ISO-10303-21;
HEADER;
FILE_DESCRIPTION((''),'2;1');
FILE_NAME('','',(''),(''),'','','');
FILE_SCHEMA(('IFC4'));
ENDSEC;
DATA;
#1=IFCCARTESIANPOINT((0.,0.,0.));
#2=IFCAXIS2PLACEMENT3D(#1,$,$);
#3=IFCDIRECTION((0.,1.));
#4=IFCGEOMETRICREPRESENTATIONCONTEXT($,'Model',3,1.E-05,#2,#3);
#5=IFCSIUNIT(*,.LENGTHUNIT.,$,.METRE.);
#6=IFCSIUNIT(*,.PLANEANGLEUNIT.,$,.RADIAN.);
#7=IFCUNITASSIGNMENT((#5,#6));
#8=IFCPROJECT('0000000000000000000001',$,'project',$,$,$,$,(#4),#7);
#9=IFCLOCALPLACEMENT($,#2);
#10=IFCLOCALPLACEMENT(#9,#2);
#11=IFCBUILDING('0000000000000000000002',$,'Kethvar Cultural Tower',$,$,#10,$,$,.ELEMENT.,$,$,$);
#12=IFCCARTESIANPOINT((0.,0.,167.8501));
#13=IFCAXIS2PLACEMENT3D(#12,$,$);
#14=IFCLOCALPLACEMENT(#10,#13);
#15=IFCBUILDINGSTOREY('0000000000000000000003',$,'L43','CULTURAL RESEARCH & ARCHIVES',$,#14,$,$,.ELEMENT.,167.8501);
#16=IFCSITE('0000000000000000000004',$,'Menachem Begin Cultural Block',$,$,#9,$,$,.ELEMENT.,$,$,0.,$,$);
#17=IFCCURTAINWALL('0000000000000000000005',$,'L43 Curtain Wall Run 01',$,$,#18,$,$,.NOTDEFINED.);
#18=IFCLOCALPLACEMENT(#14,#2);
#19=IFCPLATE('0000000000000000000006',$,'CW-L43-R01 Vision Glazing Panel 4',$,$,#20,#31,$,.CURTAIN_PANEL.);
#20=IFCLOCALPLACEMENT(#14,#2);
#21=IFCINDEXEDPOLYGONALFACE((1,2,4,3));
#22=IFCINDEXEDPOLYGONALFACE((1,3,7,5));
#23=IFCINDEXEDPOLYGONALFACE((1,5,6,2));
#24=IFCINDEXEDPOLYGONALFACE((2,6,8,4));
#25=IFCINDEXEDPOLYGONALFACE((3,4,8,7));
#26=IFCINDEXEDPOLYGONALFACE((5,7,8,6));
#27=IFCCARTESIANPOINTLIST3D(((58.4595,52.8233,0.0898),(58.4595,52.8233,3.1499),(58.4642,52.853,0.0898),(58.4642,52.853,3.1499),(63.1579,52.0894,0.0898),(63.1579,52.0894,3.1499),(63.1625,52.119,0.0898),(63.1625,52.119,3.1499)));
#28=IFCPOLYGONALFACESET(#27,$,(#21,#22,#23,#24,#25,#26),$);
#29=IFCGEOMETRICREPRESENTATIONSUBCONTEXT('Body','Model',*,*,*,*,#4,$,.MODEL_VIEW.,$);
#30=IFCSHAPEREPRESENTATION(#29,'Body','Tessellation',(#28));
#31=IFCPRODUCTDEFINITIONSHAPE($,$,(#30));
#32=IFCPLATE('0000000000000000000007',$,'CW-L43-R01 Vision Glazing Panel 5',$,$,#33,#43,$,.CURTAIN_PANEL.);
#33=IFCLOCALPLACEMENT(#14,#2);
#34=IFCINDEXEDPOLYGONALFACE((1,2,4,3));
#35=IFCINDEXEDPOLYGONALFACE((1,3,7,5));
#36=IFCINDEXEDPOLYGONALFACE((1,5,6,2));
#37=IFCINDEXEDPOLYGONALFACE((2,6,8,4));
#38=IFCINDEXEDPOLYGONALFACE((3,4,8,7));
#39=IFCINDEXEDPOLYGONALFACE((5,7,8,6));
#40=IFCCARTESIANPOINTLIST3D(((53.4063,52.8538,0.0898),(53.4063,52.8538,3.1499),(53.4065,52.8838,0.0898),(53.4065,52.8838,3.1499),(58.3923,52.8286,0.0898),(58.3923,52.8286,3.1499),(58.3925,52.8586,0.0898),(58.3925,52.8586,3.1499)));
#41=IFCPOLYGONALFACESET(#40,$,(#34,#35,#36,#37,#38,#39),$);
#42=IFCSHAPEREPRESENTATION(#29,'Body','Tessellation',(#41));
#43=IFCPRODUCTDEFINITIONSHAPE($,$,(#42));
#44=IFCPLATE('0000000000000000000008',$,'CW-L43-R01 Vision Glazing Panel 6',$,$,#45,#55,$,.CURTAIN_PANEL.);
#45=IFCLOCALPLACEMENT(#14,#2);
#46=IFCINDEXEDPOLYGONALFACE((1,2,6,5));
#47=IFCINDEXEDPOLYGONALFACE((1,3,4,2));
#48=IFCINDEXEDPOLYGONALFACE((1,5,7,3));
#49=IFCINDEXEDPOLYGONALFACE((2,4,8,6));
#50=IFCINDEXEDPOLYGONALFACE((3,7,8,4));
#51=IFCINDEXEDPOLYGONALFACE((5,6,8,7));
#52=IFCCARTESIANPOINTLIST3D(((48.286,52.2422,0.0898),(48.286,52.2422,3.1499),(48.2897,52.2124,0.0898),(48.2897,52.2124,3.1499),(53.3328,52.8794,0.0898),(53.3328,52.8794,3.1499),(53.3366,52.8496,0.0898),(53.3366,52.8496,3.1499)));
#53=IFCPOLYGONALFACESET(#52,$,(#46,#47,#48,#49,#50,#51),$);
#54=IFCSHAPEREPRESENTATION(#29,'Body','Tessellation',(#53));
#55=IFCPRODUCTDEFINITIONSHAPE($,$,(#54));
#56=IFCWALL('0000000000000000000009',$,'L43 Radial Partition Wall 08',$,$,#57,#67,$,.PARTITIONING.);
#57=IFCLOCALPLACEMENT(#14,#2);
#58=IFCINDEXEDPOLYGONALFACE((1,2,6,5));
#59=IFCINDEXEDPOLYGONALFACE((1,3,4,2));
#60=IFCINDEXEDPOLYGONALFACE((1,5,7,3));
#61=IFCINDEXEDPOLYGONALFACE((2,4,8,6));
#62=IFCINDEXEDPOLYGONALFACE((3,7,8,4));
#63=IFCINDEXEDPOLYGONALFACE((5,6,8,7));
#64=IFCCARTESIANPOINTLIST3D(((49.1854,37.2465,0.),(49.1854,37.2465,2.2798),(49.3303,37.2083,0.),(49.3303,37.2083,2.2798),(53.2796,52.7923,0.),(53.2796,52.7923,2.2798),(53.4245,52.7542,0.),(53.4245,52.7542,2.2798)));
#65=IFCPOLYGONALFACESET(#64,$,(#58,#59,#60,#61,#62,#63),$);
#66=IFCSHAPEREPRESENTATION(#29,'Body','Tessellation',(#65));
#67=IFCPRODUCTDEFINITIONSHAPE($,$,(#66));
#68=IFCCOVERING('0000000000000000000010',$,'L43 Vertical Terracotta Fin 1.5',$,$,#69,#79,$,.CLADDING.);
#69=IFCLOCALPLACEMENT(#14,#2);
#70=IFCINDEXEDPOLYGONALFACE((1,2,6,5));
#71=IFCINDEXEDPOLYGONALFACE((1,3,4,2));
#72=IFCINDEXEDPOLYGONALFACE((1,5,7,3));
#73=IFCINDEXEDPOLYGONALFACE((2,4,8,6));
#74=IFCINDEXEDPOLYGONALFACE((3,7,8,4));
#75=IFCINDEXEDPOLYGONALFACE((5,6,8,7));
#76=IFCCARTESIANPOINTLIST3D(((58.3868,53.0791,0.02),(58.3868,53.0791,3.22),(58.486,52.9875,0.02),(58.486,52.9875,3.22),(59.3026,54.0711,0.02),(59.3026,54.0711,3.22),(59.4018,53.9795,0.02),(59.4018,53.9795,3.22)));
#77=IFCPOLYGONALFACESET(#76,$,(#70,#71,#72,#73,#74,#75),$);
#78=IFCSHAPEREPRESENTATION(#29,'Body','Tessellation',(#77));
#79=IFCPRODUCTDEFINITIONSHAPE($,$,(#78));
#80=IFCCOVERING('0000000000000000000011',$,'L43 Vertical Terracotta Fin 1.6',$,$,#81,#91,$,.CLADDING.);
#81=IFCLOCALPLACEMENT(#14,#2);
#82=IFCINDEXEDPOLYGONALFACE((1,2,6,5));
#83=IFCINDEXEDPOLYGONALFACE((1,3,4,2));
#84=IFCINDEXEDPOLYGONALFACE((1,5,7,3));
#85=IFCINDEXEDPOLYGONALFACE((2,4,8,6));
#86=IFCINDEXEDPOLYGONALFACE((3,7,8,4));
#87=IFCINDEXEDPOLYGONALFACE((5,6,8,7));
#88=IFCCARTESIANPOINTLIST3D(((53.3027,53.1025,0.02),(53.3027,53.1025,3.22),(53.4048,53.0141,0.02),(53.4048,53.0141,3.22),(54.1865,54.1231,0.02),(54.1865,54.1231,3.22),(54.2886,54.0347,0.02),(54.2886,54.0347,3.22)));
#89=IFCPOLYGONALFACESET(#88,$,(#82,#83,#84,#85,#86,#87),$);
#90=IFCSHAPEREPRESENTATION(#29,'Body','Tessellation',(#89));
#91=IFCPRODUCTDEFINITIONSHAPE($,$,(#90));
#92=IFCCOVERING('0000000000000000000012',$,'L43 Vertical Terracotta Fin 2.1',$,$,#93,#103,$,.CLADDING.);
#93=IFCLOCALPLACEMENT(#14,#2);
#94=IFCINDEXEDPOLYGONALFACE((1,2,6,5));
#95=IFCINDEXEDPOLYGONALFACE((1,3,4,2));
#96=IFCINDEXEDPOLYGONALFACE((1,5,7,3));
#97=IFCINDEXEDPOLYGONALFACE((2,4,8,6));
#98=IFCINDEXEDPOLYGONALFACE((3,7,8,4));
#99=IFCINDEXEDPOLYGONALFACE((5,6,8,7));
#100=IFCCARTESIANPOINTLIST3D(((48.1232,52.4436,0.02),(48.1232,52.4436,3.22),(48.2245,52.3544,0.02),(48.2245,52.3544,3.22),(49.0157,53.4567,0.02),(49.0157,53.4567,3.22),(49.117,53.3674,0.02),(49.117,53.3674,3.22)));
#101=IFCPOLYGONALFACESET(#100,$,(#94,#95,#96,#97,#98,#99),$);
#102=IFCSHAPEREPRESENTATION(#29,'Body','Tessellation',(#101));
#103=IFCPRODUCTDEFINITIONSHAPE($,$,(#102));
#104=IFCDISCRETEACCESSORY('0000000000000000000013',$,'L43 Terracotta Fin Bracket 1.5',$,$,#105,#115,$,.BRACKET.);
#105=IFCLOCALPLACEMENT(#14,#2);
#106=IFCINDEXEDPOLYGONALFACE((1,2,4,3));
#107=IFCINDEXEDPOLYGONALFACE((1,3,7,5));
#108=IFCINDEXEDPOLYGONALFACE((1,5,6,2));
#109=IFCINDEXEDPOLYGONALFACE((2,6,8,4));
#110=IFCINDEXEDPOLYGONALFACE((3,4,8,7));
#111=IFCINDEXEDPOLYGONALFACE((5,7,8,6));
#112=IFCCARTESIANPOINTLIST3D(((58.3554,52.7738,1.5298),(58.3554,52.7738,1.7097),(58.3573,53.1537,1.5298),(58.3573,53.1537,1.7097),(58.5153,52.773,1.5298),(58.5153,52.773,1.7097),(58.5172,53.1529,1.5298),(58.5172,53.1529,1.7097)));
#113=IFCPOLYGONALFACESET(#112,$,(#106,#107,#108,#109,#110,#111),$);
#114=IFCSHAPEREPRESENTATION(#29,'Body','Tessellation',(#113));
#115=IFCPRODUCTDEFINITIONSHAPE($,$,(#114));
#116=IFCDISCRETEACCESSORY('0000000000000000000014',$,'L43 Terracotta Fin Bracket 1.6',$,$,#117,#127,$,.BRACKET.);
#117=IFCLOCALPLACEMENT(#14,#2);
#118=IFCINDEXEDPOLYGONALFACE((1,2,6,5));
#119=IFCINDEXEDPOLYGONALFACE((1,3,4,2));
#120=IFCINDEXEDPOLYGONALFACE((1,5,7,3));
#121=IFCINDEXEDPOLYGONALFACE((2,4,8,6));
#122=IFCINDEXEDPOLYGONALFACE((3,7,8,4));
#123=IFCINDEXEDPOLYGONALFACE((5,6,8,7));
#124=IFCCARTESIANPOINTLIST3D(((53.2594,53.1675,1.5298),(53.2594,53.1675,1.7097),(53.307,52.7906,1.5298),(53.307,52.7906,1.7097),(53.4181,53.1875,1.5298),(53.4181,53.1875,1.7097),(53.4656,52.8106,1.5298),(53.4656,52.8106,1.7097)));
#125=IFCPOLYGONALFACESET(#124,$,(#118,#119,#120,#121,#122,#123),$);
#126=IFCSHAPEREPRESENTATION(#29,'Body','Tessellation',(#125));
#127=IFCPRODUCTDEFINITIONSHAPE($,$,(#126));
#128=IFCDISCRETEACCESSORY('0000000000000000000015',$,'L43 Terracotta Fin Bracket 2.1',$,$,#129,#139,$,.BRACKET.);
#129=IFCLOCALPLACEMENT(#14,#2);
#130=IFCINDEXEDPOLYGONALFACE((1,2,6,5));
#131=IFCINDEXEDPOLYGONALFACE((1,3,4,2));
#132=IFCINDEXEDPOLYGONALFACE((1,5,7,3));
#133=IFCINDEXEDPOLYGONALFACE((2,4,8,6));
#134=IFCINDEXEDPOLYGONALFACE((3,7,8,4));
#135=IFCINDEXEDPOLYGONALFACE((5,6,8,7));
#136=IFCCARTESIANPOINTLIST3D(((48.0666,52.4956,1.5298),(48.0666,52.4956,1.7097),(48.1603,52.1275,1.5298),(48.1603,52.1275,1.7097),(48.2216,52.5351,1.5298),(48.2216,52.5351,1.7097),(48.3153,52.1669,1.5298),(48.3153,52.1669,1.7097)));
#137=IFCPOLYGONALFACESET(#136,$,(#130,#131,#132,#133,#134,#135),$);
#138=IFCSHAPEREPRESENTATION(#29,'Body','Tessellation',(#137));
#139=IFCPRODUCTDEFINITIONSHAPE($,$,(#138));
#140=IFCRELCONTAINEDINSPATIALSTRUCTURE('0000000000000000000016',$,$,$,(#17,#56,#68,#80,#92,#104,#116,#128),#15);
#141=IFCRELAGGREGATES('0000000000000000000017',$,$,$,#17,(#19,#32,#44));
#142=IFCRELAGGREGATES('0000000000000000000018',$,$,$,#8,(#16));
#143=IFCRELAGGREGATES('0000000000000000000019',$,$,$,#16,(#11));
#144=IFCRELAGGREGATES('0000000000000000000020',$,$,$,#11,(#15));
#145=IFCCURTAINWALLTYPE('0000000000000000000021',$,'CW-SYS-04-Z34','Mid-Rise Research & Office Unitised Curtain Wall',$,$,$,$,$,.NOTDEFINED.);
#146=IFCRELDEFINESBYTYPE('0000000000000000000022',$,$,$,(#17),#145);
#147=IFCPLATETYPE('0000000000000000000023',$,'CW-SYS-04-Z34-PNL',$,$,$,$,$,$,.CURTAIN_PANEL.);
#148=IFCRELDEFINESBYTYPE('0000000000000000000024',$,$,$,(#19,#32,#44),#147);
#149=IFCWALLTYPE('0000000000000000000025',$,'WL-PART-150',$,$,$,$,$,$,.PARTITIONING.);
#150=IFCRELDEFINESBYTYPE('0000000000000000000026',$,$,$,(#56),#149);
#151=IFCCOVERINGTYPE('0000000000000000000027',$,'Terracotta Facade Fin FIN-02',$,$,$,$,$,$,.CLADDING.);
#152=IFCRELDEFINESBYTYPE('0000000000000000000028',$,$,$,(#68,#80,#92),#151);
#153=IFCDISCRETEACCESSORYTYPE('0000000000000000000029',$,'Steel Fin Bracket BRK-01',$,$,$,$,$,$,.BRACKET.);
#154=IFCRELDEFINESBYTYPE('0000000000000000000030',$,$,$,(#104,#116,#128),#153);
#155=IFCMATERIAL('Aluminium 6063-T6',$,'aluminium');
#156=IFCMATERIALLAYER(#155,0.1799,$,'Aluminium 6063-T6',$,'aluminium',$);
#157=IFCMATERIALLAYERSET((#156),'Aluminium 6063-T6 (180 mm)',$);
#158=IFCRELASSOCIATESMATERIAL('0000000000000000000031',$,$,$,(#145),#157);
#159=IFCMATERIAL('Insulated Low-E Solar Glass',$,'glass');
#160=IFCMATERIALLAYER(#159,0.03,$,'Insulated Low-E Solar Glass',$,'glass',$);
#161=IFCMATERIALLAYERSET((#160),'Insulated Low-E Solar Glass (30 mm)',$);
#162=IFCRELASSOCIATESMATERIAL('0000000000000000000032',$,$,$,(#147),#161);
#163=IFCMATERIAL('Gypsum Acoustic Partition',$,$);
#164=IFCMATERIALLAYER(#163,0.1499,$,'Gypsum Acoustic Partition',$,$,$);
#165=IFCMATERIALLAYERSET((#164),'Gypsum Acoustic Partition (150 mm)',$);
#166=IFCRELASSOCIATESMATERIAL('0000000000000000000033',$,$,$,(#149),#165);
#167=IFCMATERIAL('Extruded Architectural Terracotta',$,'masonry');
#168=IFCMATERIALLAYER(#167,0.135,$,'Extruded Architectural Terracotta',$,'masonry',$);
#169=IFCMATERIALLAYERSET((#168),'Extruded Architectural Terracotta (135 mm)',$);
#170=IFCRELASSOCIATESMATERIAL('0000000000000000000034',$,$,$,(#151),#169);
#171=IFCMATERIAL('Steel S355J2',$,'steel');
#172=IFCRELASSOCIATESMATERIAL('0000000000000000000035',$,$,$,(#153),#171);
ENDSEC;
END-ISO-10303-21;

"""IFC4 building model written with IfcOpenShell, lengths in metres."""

from ifc_helpers import new_model, si_unit, direction, frame, frame_2d, origin, origin_2d, place, context, subcontext, project, spatial, rectangle, extrude, source, transform, mapped, material, layer, layer_set, type_object, element, aggregate, save


model = new_model("IFC4")

# Units and contexts
model_context = context("Model", 3, precision=1e-05, world=origin(), true_north=direction((0.0, 1.0)))
body_context = subcontext(model_context, "Body", "Model", "MODEL_VIEW")
ifc_project = project(units=[si_unit("LENGTHUNIT", "METRE"), si_unit("PLANEANGLEUNIT", "RADIAN")], contexts=[model_context])

# Site, building, storey
site_placement = place(None, origin())
site = spatial("IfcSite", under=ifc_project, at=site_placement, Name="Menachem Begin Cultural Block", CompositionType="ELEMENT", RefElevation=0.0)
building_placement = place(site_placement, origin())
building = spatial("IfcBuilding", under=site, at=building_placement, Name="Kethvar Cultural Tower", CompositionType="ELEMENT")
storey_placement = place(building_placement, frame((0.0, 0.0, 167.8501)))
storey = spatial("IfcBuildingStorey", under=building, at=storey_placement, Name="L43", Description="CULTURAL RESEARCH & ARCHIVES", CompositionType="ELEMENT", Elevation=167.8501)

# Shared definitions
ifc_material_1 = material(Name="Steel S355J2", Category="steel")

# Curtain wall
ifc_material_2 = material(Name="Aluminium 6063-T6", Category="aluminium")
ifc_layer_1 = layer(ifc_material_2, 0.1799, Name="Aluminium 6063-T6", Category="aluminium")
ifc_layer_set_1 = layer_set([ifc_layer_1], Name="Aluminium 6063-T6 (180 mm)")
curtain_wall_type = type_object("IfcCurtainWallType", Name="CW-SYS-04-Z34", Description="Mid-Rise Research & Office Unitised Curtain Wall", PredefinedType="NOTDEFINED", material=ifc_layer_set_1)
curtain_wall_1_placement = place(storey_placement, origin())
curtain_wall_1 = element("IfcCurtainWall", 1, at=curtain_wall_1_placement, inside=storey, type_object=curtain_wall_type, Name="L43 Curtain Wall Run 01", PredefinedType="NOTDEFINED")

# Plates
ifc_material_3 = material(Name="Insulated Low-E Solar Glass", Category="glass")
ifc_layer_2 = layer(ifc_material_3, 0.03, Name="Insulated Low-E Solar Glass", Category="glass")
ifc_layer_set_2 = layer_set([ifc_layer_2], Name="Insulated Low-E Solar Glass (30 mm)")
plate_type = type_object("IfcPlateType", Name="CW-SYS-04-Z34-PNL", PredefinedType="CURTAIN_PANEL", material=ifc_layer_set_2)
shared_shape_1 = source(origin(), body_context, "Body", "SweptSolid", [
    extrude(rectangle(XDim=4.7554, YDim=0.03, at=origin_2d()), origin(), (0.0, 0.0, 1.0), 3.0601),
])
plate_1_placement = place(storey_placement, frame((60.811, 52.4712, 0.0898), z_axis=(0.0, 0.0, 1.0), x_axis=(-0.988017, 0.154348, 0.0)))
plate_1 = element("IfcPlate", 2, at=plate_1_placement, type_object=plate_type, Name="CW-L43-R01 Vision Glazing Panel 4", PredefinedType="CURTAIN_PANEL", context=body_context, shape_type="MappedRepresentation", body=[
    mapped(shared_shape_1, transform((0.0, 0.0, 0.0), scale=1.0)),
])
shared_shape_2 = source(origin(), body_context, "Body", "SweptSolid", [
    extrude(rectangle(XDim=4.9861, YDim=0.03, at=origin_2d()), origin(), (0.0, 0.0, 1.0), 3.0601),
])
plate_2_placement = place(storey_placement, frame((55.8994, 52.8562, 0.0898), z_axis=(0.0, 0.0, 1.0), x_axis=(-0.999987, 0.005044, 0.0)))
plate_2 = element("IfcPlate", 3, at=plate_2_placement, type_object=plate_type, Name="CW-L43-R01 Vision Glazing Panel 5", PredefinedType="CURTAIN_PANEL", context=body_context, shape_type="MappedRepresentation", body=[
    mapped(shared_shape_2, transform((0.0, 0.0, 0.0), scale=1.0)),
])
shared_shape_3 = source(origin(), body_context, "Body", "SweptSolid", [
    extrude(rectangle(XDim=5.0869, YDim=0.03, at=origin_2d()), origin(), (0.0, 0.0, 1.0), 3.0601),
])
plate_3_placement = place(storey_placement, frame((50.8113, 52.5459, 0.0898), z_axis=(0.0, 0.0, 1.0), x_axis=(-0.992126, -0.125247, 0.0)))
plate_3 = element("IfcPlate", 4, at=plate_3_placement, type_object=plate_type, Name="CW-L43-R01 Vision Glazing Panel 6", PredefinedType="CURTAIN_PANEL", context=body_context, shape_type="MappedRepresentation", body=[
    mapped(shared_shape_3, transform((0.0, 0.0, 0.0), scale=1.0)),
])
aggregate(curtain_wall_1, [plate_1, plate_2, plate_3])

# Wall
ifc_material_4 = material(Name="Gypsum Acoustic Partition")
ifc_layer_3 = layer(ifc_material_4, 0.1499, Name="Gypsum Acoustic Partition")
ifc_layer_set_3 = layer_set([ifc_layer_3], Name="Gypsum Acoustic Partition (150 mm)")
wall_type_1 = type_object("IfcWallType", Name="WL-PART-150", PredefinedType="PARTITIONING", material=ifc_layer_set_3)
wall_1_placement = place(storey_placement, frame((49.2578, 37.2273, 0.0), z_axis=(0.0, 0.0, 1.0), x_axis=(0.25468, 0.967025, 0.0)))
element("IfcWall", 5, at=wall_1_placement, inside=storey, type_object=wall_type_1, Name="L43 Radial Partition Wall 08", PredefinedType="PARTITIONING", context=body_context, shape_type="SweptSolid", body=[
    extrude(rectangle(XDim=16.0759, YDim=0.1499, at=frame_2d((8.0381, 0.0))), origin(), (0.0, 0.0, 1.0), 2.2798),
])

# Coverings
ifc_material_5 = material(Name="Extruded Architectural Terracotta", Category="masonry")
ifc_layer_4 = layer(ifc_material_5, 0.135, Name="Extruded Architectural Terracotta", Category="masonry")
ifc_layer_set_4 = layer_set([ifc_layer_4], Name="Extruded Architectural Terracotta (135 mm)")
covering_type = type_object("IfcCoveringType", Name="Terracotta Facade Fin FIN-02", PredefinedType="CLADDING", material=ifc_layer_set_4)
shared_shape_4 = source(origin(), body_context, "Body", "SweptSolid", [
    extrude(rectangle(XDim=1.3501, YDim=0.135, at=origin_2d()), origin(), (0.0, 0.0, 1.0), 3.2),
])
for number, where, z_axis, x_axis, name in (
    (6, (58.8943, 53.5293, 0.02), (0.0, 0.0, 1.0), (0.678288, 0.734796, 0.0), "L43 Vertical Terracotta Fin 1.5"),
    (7, (53.7957, 53.5686, 0.02), (0.0, 0.0, 1.0), (0.654609, 0.755968, 0.0), "L43 Vertical Terracotta Fin 1.6"),
    (8, (48.6201, 52.9055, 0.02), (0.0, 0.0, 1.0), (0.66105, 0.750342, 0.0), "L43 Vertical Terracotta Fin 2.1"),
):
    element("IfcCovering", number, at=place(storey_placement, frame(where, z_axis=z_axis, x_axis=x_axis)), inside=storey, type_object=covering_type, Name=name, PredefinedType="CLADDING", context=body_context, shape_type="MappedRepresentation", body=[
        mapped(shared_shape_4, transform((0.0, 0.0, 0.0), scale=1.0)),
    ])

# Discrete accessories
discrete_accessory_type = type_object("IfcDiscreteAccessoryType", Name="Steel Fin Bracket BRK-01", PredefinedType="BRACKET", material=ifc_material_1)
shared_shape_5 = source(origin(), body_context, "Body", "SweptSolid", [
    extrude(rectangle(XDim=0.3799, YDim=0.1599, at=origin_2d()), origin(), (0.0, 0.0, 1.0), 0.1799),
])
for number, where, z_axis, x_axis, name in (
    (9, (58.4363, 52.9634, 1.5298), (0.0, 0.0, 1.0), (0.005061, 0.999987, 0.0), "L43 Terracotta Fin Bracket 1.5"),
    (10, (53.3625, 52.989, 1.5298), (0.0, 0.0, 1.0), (-0.12516, 0.992137, 0.0), "L43 Terracotta Fin Bracket 1.6"),
    (11, (48.1909, 52.3313, 1.5298), (0.0, 0.0, 1.0), (-0.246661, 0.969102, 0.0), "L43 Terracotta Fin Bracket 2.1"),
):
    element("IfcDiscreteAccessory", number, at=place(storey_placement, frame(where, z_axis=z_axis, x_axis=x_axis)), inside=storey, type_object=discrete_accessory_type, Name=name, PredefinedType="BRACKET", context=body_context, shape_type="MappedRepresentation", body=[
        mapped(shared_shape_5, transform((0.0, 0.0, 0.0), scale=1.0)),
    ])

save(model, "model.ifc")
